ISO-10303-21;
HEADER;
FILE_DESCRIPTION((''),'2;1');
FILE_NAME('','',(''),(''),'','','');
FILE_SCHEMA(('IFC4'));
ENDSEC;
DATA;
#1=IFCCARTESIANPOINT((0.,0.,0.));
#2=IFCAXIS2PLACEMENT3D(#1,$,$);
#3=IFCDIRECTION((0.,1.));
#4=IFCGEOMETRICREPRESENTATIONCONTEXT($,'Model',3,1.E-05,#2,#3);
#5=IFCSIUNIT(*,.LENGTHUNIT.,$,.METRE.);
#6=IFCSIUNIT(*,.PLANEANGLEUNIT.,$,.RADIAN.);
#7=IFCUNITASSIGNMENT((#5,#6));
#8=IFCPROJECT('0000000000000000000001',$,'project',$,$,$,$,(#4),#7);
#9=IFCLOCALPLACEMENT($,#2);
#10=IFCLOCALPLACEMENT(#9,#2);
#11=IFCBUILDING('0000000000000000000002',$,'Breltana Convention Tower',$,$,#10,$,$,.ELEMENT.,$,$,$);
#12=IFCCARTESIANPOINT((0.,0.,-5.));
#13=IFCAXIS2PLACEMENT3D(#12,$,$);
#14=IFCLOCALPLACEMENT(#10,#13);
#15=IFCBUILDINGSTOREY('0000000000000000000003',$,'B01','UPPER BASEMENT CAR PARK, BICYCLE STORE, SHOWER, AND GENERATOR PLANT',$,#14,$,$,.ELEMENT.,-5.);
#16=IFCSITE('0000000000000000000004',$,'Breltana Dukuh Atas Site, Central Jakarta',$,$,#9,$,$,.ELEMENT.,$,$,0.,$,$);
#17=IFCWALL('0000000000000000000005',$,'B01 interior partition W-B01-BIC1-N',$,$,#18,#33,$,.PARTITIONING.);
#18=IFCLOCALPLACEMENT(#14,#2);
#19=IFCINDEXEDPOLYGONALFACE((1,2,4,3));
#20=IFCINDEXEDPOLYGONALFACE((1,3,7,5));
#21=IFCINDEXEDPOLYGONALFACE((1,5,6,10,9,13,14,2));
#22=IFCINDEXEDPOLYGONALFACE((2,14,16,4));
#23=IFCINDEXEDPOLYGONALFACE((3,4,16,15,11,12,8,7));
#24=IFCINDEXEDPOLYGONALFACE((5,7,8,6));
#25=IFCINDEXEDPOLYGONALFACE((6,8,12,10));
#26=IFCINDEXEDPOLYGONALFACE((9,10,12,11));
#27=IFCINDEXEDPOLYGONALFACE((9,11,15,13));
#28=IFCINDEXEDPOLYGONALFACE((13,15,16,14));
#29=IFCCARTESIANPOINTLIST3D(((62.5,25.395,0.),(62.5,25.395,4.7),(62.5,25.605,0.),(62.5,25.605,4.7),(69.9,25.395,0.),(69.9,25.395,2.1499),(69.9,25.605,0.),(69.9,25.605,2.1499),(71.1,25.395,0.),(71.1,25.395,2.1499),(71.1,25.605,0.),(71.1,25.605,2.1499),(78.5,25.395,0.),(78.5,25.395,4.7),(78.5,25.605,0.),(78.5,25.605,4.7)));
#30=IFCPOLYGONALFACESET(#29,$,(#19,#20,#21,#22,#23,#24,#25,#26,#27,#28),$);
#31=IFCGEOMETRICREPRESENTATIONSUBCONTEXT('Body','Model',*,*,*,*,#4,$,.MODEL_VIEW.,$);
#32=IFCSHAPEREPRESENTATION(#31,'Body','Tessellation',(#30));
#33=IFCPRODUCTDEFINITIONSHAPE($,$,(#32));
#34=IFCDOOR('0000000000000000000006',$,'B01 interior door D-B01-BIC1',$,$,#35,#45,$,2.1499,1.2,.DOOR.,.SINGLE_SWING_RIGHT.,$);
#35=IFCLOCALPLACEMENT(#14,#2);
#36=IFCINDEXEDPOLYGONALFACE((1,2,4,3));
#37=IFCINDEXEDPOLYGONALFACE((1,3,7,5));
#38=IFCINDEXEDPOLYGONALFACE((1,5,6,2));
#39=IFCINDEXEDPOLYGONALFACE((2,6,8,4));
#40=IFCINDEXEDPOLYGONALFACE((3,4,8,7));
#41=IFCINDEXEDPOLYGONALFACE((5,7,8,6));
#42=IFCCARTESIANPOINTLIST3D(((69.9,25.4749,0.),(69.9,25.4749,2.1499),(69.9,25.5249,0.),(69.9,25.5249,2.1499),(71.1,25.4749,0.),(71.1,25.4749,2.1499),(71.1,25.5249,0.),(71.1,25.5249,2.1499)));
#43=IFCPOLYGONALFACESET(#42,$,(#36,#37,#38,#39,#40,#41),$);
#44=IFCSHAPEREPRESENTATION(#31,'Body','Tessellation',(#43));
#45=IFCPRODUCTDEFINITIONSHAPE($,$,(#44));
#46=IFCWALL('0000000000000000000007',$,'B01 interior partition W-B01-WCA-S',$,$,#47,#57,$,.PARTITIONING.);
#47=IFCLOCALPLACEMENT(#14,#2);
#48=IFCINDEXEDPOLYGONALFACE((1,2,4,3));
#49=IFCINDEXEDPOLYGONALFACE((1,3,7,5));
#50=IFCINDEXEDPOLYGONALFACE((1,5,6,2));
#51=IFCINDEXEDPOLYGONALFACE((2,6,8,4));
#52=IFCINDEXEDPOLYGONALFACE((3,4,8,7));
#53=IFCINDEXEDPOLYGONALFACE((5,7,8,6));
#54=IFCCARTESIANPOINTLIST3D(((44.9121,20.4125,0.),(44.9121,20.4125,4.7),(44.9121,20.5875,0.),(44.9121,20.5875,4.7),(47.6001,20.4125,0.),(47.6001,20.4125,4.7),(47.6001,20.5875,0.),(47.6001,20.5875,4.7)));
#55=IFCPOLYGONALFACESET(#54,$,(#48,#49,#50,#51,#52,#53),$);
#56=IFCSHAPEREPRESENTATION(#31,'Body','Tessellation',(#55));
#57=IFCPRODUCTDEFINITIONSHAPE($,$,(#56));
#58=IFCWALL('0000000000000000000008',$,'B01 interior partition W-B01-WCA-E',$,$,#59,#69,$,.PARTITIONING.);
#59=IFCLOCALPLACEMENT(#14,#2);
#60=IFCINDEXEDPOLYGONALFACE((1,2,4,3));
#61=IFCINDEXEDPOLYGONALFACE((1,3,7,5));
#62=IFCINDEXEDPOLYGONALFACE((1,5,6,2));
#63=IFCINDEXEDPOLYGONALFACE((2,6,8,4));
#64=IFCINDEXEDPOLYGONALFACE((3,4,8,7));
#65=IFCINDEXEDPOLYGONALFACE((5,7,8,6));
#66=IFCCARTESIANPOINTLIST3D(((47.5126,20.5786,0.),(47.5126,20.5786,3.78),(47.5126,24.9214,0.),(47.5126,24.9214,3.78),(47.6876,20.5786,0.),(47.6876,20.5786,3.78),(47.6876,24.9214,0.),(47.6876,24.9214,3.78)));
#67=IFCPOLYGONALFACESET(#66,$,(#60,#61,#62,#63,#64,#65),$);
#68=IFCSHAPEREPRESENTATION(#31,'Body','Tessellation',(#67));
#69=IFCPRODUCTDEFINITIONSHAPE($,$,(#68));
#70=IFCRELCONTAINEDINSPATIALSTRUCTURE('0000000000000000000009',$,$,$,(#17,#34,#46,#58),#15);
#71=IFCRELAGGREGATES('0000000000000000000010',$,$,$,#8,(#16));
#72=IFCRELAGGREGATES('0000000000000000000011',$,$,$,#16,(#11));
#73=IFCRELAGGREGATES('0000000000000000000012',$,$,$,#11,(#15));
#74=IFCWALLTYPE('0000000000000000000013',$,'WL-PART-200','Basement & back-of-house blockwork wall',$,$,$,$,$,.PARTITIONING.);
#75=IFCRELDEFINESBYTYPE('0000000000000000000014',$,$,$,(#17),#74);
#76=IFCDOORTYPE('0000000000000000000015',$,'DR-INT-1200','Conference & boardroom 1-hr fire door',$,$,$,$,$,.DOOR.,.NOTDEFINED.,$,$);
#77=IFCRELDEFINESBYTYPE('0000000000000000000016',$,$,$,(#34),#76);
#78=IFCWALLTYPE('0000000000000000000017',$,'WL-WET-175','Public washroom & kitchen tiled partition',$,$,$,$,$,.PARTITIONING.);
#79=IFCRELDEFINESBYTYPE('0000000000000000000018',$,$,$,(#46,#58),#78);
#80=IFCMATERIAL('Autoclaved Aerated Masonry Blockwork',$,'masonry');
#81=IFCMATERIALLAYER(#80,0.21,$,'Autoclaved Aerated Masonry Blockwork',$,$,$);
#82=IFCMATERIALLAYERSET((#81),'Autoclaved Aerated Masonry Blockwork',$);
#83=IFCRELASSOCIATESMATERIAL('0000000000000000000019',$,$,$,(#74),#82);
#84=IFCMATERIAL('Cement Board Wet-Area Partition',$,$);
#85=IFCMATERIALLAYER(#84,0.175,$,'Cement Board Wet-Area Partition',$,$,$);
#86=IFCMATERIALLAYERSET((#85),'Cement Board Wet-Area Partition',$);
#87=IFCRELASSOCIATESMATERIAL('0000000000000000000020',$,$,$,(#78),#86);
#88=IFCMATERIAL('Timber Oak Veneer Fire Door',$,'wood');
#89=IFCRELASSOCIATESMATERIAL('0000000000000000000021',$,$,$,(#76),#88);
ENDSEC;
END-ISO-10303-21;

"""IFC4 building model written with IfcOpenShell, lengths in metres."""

from ifc_helpers import new_model, si_unit, direction, frame, frame_2d, origin, place, context, subcontext, project, spatial, rectangle, extrude, source, transform, mapped, material, layer, layer_set, type_object, type_shapes, element, fill, save


model = new_model("IFC4")

# Units and contexts
model_context = context("Model", 3, precision=1e-05, world=origin(), true_north=direction((0.0, 1.0)))
body_context = subcontext(model_context, "Body", "Model", "MODEL_VIEW")
ifc_project = project(units=[si_unit("LENGTHUNIT", "METRE"), si_unit("PLANEANGLEUNIT", "RADIAN")], contexts=[model_context])

# Site, building, storey
site_placement = place(None, origin())
site = spatial("IfcSite", under=ifc_project, at=site_placement, Name="Breltana Dukuh Atas Site, Central Jakarta", CompositionType="ELEMENT", RefElevation=0.0)
building_placement = place(site_placement, origin())
building = spatial("IfcBuilding", under=site, at=building_placement, Name="Breltana Convention Tower", CompositionType="ELEMENT")
storey_placement = place(building_placement, frame((0.0, 0.0, -5.0)))
storey = spatial("IfcBuildingStorey", under=building, at=storey_placement, Name="B01", Description="UPPER BASEMENT CAR PARK, BICYCLE STORE, SHOWER, AND GENERATOR PLANT", CompositionType="ELEMENT", Elevation=-5.0)

# Shared definitions
ifc_material_1 = material(Name="Autoclaved Aerated Masonry Blockwork", Category="masonry")
ifc_layer_1 = layer(ifc_material_1, 0.21, Name="Autoclaved Aerated Masonry Blockwork")
ifc_layer_set_1 = layer_set([ifc_layer_1], Name="Autoclaved Aerated Masonry Blockwork")
wall_type_1 = type_object("IfcWallType", Name="WL-PART-200", Description="Basement & back-of-house blockwork wall", PredefinedType="PARTITIONING", material=ifc_layer_set_1)

# Shared definitions
ifc_material_2 = material(Name="Cement Board Wet-Area Partition")
ifc_layer_2 = layer(ifc_material_2, 0.175, Name="Cement Board Wet-Area Partition")
ifc_layer_set_2 = layer_set([ifc_layer_2], Name="Cement Board Wet-Area Partition")
wall_type_2 = type_object("IfcWallType", Name="WL-WET-175", Description="Public washroom & kitchen tiled partition", PredefinedType="PARTITIONING", material=ifc_layer_set_2)

# Shared definitions
shared_shape_1 = source(origin(), body_context, "Body", "SweptSolid", [
    extrude(rectangle(XDim=16.0, YDim=0.21, at=frame_2d((8.0, 0.0))), origin(), (0.0, 0.0, 1.0), 4.7),
])

# Wall, opening, door
wall_1_placement = place(storey_placement, frame((62.5, 25.5, 0.0), z_axis=(0.0, 0.0, 1.0), x_axis=(1.0, 0.0, 0.0)))
wall_1 = element("IfcWall", 1, at=wall_1_placement, inside=storey, type_object=wall_type_1, Name="B01 interior partition W-B01-BIC1-N", PredefinedType="PARTITIONING", context=body_context, shape_type="MappedRepresentation", body=[
    mapped(shared_shape_1, transform((0.0, 0.0, 0.0), scale=1.0)),
])
opening_1_placement = place(wall_1_placement, frame((7.3999, 0.0, 0.0)))
opening_1 = element("IfcOpeningElement", 2, at=opening_1_placement, cuts=wall_1, PredefinedType="OPENING", context=body_context, shape_type="SweptSolid", body=[
    extrude(rectangle(XDim=1.2, YDim=2.1499, at=frame_2d((0.6001, 1.075))), frame((0.0, 0.115, 0.0), z_axis=(0.0, -1.0, 0.0), x_axis=(1.0, 0.0, 0.0)), (0.0, 0.0, 1.0), 0.23),
])
ifc_material_3 = material(Name="Timber Oak Veneer Fire Door", Category="wood")
door_type_1 = type_object("IfcDoorType", Name="DR-INT-1200", Description="Conference & boardroom 1-hr fire door", OperationType="NOTDEFINED", PredefinedType="DOOR", material=ifc_material_3)
shared_shape_2 = source(origin(), body_context, "Body", "SweptSolid", [
    extrude(rectangle(XDim=1.2, YDim=2.1499, at=frame_2d((0.6001, 1.075))), frame((0.0, 0.0249, 0.0), z_axis=(0.0, -1.0, 0.0), x_axis=(1.0, 0.0, 0.0)), (0.0, 0.0, 1.0), 0.05),
])
type_shapes(door_type_1, [shared_shape_2])
door_1_placement = place(opening_1_placement, origin())
door_1 = element("IfcDoor", 3, at=door_1_placement, inside=storey, type_object=door_type_1, Name="B01 interior door D-B01-BIC1", OperationType="SINGLE_SWING_RIGHT", OverallHeight=2.1499, OverallWidth=1.2, PredefinedType="DOOR", context=body_context, shape_type="MappedRepresentation", body=[
    mapped(shared_shape_2, transform((0.0, 0.0, 0.0), scale=1.0)),
])
fill(opening_1, door_1)

# Wall
shared_shape_3 = source(origin(), body_context, "Body", "SweptSolid", [
    extrude(rectangle(XDim=2.688, YDim=0.175, at=frame_2d((1.344, 0.0))), origin(), (0.0, 0.0, 1.0), 4.7),
])
wall_2_placement = place(storey_placement, frame((44.9121, 20.5, 0.0), z_axis=(0.0, 0.0, 1.0), x_axis=(1.0, 0.0, 0.0)))
element("IfcWall", 4, at=wall_2_placement, inside=storey, type_object=wall_type_2, Name="B01 interior partition W-B01-WCA-S", PredefinedType="PARTITIONING", context=body_context, shape_type="MappedRepresentation", body=[
    mapped(shared_shape_3, transform((0.0, 0.0, 0.0), scale=1.0)),
])

# Wall
shared_shape_4 = source(origin(), body_context, "Body", "SweptSolid", [
    extrude(rectangle(XDim=4.3428, YDim=0.175, at=frame_2d((2.1714, 0.0))), origin(), (0.0, 0.0, 1.0), 3.78),
])
wall_3_placement = place(storey_placement, frame((47.6001, 20.5786, 0.0), z_axis=(0.0, 0.0, 1.0), x_axis=(0.0, 1.0, 0.0)))
element("IfcWall", 5, at=wall_3_placement, inside=storey, type_object=wall_type_2, Name="B01 interior partition W-B01-WCA-E", PredefinedType="PARTITIONING", context=body_context, shape_type="MappedRepresentation", body=[
    mapped(shared_shape_4, transform((0.0, 0.0, 0.0), scale=1.0)),
])

save(model, "model.ifc")
